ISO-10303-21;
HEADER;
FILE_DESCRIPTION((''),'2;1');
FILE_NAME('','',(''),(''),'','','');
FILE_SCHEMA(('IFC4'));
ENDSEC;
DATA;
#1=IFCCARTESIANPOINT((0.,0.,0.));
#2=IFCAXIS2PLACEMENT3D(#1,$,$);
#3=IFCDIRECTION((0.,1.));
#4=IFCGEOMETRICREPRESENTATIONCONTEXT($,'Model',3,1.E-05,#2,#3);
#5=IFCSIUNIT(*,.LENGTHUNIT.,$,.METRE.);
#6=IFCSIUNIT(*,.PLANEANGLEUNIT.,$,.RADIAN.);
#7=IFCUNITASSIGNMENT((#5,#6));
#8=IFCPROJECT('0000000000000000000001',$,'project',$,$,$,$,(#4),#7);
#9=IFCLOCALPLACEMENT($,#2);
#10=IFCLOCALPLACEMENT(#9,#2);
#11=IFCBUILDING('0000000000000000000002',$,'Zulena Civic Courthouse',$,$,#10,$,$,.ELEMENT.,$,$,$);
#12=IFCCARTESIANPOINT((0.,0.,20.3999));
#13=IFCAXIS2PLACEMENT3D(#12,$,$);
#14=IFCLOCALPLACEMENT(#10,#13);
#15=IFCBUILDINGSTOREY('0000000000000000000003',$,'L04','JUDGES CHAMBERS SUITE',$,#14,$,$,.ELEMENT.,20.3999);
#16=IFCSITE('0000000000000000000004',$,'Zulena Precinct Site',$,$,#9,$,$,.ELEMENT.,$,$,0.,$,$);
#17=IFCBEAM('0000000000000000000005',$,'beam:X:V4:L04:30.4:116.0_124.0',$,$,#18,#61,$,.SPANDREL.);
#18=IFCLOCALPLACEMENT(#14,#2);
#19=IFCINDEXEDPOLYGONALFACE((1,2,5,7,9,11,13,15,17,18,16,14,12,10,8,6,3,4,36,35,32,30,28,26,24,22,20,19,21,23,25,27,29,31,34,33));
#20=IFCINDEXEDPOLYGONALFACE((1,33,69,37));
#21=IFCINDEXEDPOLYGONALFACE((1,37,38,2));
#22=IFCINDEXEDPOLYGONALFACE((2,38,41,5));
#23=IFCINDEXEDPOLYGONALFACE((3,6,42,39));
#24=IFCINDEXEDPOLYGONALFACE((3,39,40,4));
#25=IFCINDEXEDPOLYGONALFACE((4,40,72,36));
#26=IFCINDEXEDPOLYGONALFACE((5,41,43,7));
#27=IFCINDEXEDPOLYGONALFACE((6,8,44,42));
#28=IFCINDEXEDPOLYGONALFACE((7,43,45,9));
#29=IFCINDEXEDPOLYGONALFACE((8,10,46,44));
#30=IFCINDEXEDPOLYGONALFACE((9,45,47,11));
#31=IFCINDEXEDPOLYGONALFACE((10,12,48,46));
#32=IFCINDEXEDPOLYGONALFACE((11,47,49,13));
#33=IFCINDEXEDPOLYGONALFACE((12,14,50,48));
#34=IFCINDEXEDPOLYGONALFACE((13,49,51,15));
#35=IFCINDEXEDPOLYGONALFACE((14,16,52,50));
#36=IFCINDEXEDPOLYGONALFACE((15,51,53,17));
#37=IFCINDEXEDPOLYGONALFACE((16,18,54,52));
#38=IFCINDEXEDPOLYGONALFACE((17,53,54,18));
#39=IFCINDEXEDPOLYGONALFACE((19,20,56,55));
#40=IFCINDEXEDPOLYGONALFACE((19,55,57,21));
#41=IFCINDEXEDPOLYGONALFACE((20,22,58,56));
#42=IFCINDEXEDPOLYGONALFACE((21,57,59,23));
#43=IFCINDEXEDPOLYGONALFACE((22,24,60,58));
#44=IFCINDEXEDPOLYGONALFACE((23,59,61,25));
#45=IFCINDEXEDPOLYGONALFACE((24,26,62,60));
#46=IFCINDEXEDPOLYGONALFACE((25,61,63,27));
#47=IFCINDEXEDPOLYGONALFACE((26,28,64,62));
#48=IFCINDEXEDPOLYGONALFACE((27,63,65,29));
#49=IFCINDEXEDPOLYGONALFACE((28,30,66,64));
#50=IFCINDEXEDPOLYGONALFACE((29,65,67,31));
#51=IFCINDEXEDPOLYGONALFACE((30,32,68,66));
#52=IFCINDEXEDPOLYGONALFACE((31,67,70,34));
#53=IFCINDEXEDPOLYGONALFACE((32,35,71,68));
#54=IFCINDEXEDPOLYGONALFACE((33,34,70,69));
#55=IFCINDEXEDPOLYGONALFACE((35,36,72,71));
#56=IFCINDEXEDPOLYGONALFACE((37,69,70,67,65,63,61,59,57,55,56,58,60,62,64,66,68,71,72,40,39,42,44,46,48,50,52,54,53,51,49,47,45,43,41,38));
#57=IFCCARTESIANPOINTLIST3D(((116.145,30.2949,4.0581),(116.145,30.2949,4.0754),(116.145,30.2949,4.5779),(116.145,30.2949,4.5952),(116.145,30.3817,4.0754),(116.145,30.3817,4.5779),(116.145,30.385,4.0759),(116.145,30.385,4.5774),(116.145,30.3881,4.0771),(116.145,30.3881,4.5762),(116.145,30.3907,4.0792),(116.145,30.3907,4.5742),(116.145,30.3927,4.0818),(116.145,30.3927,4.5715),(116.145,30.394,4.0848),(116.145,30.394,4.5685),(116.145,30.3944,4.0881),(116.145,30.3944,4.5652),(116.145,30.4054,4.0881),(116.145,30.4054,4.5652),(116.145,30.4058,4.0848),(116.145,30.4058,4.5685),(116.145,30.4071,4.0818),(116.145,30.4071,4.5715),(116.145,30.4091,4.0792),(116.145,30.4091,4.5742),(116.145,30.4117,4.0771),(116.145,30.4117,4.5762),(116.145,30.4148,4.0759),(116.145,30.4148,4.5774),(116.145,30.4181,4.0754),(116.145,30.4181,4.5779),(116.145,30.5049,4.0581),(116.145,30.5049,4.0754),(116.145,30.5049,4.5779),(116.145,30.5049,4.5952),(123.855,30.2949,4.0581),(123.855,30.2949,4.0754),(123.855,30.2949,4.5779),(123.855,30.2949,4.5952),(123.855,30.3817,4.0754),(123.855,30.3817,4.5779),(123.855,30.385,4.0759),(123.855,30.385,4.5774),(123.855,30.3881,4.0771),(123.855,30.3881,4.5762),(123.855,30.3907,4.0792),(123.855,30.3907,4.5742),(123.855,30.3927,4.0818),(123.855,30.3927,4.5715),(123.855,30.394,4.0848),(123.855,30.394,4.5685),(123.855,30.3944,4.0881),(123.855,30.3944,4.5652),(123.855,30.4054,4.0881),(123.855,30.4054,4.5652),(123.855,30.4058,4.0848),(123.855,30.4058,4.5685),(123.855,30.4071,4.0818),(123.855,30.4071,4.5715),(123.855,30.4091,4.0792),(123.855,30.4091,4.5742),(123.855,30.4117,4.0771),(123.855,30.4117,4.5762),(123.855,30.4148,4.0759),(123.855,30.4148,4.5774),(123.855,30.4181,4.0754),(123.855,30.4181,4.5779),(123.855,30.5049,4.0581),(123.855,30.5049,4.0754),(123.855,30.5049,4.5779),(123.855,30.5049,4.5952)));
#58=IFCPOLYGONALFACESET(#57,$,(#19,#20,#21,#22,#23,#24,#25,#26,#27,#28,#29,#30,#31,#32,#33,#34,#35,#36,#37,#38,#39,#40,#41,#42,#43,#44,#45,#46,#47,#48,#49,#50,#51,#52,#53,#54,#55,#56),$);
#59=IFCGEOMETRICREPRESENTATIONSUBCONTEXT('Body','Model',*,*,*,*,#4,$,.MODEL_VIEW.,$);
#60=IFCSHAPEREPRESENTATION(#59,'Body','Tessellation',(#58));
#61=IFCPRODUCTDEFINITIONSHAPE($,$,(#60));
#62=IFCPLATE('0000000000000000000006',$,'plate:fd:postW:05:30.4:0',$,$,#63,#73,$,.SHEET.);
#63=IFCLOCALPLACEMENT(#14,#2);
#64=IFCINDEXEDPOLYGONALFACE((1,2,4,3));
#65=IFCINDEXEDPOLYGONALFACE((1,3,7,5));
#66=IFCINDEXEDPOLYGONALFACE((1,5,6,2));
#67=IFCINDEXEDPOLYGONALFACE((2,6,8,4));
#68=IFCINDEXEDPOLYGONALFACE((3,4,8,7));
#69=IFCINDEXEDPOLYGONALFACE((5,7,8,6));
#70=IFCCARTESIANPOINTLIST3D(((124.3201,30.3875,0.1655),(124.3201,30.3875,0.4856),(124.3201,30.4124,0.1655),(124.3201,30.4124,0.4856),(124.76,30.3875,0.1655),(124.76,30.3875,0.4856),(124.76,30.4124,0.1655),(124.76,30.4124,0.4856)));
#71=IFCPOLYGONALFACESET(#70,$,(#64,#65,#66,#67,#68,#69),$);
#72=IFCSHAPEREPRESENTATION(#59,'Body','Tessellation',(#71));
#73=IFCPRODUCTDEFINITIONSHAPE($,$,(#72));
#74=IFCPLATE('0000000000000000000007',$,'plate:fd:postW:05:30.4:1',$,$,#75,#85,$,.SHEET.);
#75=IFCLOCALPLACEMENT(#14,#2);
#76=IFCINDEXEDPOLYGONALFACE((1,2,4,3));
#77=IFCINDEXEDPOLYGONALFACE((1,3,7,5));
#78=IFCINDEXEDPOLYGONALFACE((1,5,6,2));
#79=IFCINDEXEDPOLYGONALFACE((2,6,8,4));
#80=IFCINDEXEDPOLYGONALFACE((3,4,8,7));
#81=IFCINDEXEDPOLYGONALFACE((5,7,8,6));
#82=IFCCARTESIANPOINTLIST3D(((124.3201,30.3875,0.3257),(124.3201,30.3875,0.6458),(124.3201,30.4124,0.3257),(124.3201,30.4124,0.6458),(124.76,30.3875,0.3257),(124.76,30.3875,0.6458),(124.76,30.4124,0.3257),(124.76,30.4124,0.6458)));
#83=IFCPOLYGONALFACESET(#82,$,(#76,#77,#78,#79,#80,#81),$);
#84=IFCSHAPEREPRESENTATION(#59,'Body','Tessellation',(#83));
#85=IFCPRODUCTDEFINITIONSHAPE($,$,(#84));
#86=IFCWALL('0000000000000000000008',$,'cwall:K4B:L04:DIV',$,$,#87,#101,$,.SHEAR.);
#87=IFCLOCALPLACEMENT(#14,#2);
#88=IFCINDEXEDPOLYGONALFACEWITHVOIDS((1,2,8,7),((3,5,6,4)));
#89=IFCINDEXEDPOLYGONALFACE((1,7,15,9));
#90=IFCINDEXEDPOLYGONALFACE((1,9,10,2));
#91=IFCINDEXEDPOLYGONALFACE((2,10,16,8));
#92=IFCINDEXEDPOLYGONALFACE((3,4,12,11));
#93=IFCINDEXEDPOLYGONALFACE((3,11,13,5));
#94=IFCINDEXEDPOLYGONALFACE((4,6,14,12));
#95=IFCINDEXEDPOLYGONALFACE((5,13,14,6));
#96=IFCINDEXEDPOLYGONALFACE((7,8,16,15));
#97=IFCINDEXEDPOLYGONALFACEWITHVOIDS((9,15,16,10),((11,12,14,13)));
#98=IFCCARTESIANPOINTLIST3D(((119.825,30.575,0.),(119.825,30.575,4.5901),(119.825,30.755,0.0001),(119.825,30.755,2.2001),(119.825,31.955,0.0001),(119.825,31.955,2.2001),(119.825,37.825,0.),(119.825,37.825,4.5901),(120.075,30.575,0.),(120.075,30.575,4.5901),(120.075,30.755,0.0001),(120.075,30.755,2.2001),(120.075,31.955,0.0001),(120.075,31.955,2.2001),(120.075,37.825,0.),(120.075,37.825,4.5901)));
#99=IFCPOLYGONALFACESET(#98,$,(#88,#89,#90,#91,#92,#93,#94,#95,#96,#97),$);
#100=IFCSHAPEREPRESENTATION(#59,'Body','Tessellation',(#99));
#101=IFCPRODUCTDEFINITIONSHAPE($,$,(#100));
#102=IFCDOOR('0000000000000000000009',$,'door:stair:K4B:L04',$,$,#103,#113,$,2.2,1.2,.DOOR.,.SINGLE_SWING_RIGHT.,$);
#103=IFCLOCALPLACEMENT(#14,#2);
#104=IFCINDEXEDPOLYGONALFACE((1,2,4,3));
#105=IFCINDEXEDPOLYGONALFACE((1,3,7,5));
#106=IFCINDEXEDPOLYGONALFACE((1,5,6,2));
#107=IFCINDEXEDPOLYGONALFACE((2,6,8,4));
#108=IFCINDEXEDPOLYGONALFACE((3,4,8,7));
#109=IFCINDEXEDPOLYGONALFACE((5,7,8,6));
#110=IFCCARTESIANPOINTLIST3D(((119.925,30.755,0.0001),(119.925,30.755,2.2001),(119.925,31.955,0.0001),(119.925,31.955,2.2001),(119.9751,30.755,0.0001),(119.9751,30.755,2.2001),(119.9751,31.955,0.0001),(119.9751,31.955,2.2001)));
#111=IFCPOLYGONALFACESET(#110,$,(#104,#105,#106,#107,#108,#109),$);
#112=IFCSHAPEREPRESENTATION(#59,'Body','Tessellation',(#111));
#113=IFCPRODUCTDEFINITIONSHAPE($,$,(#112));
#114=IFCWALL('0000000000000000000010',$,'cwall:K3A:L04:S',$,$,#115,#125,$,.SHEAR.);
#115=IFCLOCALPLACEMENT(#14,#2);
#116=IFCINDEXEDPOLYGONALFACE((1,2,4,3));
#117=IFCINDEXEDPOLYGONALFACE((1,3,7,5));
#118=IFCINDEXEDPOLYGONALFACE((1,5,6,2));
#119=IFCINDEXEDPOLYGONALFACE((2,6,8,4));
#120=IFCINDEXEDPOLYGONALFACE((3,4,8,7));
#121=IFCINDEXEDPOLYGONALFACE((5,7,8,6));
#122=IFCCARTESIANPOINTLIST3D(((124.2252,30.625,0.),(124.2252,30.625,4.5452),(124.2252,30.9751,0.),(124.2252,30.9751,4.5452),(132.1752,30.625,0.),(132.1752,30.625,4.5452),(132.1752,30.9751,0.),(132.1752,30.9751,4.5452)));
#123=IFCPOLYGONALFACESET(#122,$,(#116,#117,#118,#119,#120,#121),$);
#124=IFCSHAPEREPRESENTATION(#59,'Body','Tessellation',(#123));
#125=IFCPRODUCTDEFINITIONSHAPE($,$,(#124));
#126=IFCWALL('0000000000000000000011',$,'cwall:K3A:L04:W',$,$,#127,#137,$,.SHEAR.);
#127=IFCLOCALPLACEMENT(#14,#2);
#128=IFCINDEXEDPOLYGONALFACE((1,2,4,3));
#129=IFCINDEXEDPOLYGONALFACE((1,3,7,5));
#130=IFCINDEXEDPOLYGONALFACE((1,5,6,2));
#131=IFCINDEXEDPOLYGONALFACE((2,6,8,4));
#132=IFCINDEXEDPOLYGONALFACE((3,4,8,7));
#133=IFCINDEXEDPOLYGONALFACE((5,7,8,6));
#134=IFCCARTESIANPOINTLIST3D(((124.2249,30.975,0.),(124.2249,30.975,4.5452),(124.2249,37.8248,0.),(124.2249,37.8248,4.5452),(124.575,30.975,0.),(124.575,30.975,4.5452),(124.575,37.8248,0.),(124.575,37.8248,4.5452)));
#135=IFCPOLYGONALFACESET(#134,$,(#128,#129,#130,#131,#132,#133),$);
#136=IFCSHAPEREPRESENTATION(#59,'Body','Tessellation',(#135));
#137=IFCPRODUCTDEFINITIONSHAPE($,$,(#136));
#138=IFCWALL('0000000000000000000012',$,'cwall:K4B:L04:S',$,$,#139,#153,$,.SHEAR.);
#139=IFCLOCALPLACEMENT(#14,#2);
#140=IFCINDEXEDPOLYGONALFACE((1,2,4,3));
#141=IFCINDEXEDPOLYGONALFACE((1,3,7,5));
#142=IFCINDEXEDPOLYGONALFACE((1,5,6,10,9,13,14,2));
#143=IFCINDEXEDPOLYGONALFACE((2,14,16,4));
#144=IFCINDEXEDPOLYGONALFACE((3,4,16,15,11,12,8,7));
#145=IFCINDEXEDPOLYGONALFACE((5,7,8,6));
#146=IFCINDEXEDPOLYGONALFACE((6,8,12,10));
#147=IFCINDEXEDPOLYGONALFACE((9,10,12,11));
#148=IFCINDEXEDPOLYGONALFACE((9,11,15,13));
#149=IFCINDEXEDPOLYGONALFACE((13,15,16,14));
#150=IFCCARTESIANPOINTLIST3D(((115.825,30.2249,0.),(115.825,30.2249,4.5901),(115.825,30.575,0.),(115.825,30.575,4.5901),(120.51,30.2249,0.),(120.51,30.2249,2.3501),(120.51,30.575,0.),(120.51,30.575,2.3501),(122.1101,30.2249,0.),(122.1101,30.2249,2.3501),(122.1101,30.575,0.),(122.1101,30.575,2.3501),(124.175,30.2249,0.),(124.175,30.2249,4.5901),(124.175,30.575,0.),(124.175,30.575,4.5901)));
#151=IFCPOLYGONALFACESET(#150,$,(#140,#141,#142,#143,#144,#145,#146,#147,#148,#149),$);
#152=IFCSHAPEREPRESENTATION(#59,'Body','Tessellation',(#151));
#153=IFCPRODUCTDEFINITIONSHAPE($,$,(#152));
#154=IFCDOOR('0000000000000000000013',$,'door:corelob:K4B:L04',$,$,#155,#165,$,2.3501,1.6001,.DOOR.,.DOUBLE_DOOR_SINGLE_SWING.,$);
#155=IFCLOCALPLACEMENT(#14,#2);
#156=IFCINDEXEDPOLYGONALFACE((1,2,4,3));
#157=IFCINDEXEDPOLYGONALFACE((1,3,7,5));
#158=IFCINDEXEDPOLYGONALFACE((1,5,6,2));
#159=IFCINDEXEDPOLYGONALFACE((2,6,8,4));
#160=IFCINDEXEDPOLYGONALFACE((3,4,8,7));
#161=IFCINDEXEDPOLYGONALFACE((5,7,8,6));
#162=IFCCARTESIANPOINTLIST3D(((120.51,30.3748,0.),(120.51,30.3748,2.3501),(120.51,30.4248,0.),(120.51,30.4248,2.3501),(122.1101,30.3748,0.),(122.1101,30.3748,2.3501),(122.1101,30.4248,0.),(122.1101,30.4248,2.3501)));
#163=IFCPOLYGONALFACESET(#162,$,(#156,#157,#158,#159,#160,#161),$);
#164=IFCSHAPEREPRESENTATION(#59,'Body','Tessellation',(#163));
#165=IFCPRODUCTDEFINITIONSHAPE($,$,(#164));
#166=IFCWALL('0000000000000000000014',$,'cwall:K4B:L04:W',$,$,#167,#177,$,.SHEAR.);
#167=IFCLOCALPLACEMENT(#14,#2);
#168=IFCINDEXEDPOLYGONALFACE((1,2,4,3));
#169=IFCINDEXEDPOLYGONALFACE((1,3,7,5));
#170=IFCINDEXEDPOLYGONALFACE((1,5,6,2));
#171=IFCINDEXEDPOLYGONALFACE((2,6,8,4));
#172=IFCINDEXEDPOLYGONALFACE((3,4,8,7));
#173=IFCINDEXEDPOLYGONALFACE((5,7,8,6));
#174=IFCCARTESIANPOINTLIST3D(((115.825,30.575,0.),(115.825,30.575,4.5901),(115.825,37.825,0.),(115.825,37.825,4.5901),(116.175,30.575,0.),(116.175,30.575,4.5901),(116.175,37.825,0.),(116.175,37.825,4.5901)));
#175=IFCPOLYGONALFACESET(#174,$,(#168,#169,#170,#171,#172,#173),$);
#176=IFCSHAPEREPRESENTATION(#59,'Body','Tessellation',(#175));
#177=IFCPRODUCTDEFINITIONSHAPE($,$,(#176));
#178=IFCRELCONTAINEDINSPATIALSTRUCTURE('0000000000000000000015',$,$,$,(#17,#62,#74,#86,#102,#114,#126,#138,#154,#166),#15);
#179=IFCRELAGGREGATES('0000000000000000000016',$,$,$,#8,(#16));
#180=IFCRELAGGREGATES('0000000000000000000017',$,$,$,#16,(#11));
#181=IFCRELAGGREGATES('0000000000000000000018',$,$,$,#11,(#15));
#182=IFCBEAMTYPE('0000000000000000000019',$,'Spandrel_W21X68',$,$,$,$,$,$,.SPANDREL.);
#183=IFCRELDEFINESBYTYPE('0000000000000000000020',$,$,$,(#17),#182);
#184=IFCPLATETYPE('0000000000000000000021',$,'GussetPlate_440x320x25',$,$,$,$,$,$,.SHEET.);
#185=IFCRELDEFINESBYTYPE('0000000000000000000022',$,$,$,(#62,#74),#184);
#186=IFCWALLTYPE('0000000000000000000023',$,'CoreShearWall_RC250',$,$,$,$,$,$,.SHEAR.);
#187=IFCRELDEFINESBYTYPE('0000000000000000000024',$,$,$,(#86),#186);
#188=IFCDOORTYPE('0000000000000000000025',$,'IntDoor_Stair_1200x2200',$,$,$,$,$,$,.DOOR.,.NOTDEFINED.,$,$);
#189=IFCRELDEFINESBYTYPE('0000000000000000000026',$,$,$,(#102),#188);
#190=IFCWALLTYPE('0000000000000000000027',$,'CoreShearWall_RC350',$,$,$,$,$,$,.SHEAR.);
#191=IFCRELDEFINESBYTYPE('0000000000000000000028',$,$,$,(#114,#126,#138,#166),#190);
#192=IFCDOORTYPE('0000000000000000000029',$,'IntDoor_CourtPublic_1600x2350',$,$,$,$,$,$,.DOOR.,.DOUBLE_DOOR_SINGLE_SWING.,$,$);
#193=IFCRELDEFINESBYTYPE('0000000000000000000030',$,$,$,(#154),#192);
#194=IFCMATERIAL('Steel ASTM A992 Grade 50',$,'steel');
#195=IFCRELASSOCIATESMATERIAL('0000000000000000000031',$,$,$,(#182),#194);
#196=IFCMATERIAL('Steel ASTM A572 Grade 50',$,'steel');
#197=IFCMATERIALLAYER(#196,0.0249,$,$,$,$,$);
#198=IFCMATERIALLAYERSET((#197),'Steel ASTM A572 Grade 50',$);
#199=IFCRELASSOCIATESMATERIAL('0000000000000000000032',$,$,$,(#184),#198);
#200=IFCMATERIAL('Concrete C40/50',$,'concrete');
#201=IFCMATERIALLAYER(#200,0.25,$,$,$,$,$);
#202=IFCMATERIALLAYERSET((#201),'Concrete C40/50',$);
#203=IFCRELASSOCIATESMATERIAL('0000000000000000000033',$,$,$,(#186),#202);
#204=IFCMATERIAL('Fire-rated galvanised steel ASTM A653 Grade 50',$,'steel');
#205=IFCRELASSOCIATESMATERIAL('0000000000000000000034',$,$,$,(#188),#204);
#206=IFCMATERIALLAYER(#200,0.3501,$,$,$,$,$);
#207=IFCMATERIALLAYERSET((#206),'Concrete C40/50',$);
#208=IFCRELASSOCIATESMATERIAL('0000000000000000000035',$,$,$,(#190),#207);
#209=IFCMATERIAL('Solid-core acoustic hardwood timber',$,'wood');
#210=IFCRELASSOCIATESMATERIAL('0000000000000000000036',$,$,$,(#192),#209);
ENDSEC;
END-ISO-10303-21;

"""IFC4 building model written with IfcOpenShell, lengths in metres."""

from ifc_helpers import new_model, si_unit, direction, frame, frame_2d, origin, origin_2d, place, context, subcontext, project, spatial, rectangle, i_section, extrude, material, layer, layer_set, material_profile, profile_set, type_object, element, fill, save


model = new_model("IFC4")

# Units and contexts
model_context = context("Model", 3, precision=1e-05, world=origin(), true_north=direction((0.0, 1.0)))
body_context = subcontext(model_context, "Body", "Model", "MODEL_VIEW")
ifc_project = project(units=[si_unit("LENGTHUNIT", "METRE"), si_unit("PLANEANGLEUNIT", "RADIAN")], contexts=[model_context])

# Site, building, storey
site_placement = place(None, origin())
site = spatial("IfcSite", under=ifc_project, at=site_placement, Name="Zulena Precinct Site", CompositionType="ELEMENT", RefElevation=0.0)
building_placement = place(site_placement, origin())
building = spatial("IfcBuilding", under=site, at=building_placement, Name="Zulena Civic Courthouse", CompositionType="ELEMENT")
storey_placement = place(building_placement, frame((0.0, 0.0, 20.3999)))
storey = spatial("IfcBuildingStorey", under=building, at=storey_placement, Name="L04", Description="JUDGES CHAMBERS SUITE", CompositionType="ELEMENT", Elevation=20.3999)

# Shared definitions
ifc_material_1 = material(Name="Steel ASTM A992 Grade 50", Category="steel")

# Beam
ifc_material_profile_1 = material_profile(ifc_material_1, i_section(OverallWidth=0.21, OverallDepth=0.5371, WebThickness=0.011, FlangeThickness=0.0173, FilletRadius=0.0127, at=origin_2d()), Name="W21X68")
ifc_profile_set_1 = profile_set([ifc_material_profile_1], Name="Steel ASTM A992 Grade 50")
beam_type_1 = type_object("IfcBeamType", Name="Spandrel_W21X68", PredefinedType="SPANDREL", material=ifc_profile_set_1)
beam_1_placement = place(storey_placement, frame((116.145, 30.3999, 4.3267), z_axis=(1.0, 0.0, 0.0), x_axis=(0.0, 1.0, 0.0)))
element("IfcBeam", 1, at=beam_1_placement, inside=storey, type_object=beam_type_1, Name="beam:X:V4:L04:30.4:116.0_124.0", PredefinedType="SPANDREL", context=body_context, shape_type="SweptSolid", body=[
    extrude(i_section(OverallWidth=0.21, OverallDepth=0.5371, WebThickness=0.011, FlangeThickness=0.0173, FilletRadius=0.0127, at=origin_2d()), origin(), (0.0, 0.0, 1.0), 7.71),
])

# Plates
ifc_material_2 = material(Name="Steel ASTM A572 Grade 50", Category="steel")
ifc_layer_1 = layer(ifc_material_2, 0.0249)
ifc_layer_set_1 = layer_set([ifc_layer_1], Name="Steel ASTM A572 Grade 50")
plate_type = type_object("IfcPlateType", Name="GussetPlate_440x320x25", PredefinedType="SHEET", material=ifc_layer_set_1)
for number, where, z_axis, x_axis, name in (
    (2, (124.54, 30.3999, 0.1655), (0.0, 0.0, 1.0), (1.0, 0.0, 0.0), "plate:fd:postW:05:30.4:0"),
    (3, (124.54, 30.3999, 0.3257), (0.0, 0.0, 1.0), (1.0, 0.0, 0.0), "plate:fd:postW:05:30.4:1"),
):
    element("IfcPlate", number, at=place(storey_placement, frame(where, z_axis=z_axis, x_axis=x_axis)), inside=storey, type_object=plate_type, Name=name, PredefinedType="SHEET", context=body_context, shape_type="SweptSolid", body=[
        extrude(rectangle(XDim=0.4399, YDim=0.0249, at=origin_2d()), origin(), (0.0, 0.0, 1.0), 0.3201),
    ])

# Wall, opening, door
ifc_material_3 = material(Name="Concrete C40/50", Category="concrete")
ifc_layer_2 = layer(ifc_material_3, 0.25)
ifc_layer_set_2 = layer_set([ifc_layer_2], Name="Concrete C40/50")
wall_type_1 = type_object("IfcWallType", Name="CoreShearWall_RC250", PredefinedType="SHEAR", material=ifc_layer_set_2)
wall_1_placement = place(storey_placement, frame((119.95, 30.575, 0.0), z_axis=(0.0, 0.0, 1.0), x_axis=(0.0, 1.0, 0.0)))
wall_1 = element("IfcWall", 4, at=wall_1_placement, inside=storey, type_object=wall_type_1, Name="cwall:K4B:L04:DIV", PredefinedType="SHEAR", context=body_context, shape_type="SweptSolid", body=[
    extrude(rectangle(XDim=7.25, YDim=0.25, at=frame_2d((3.625, 0.0))), origin(), (0.0, 0.0, 1.0), 4.5901),
])
opening_1_placement = place(wall_1_placement, frame((0.1799, 0.0, 0.0)))
opening_1 = element("IfcOpeningElement", 5, at=opening_1_placement, cuts=wall_1, PredefinedType="OPENING", context=body_context, shape_type="SweptSolid", body=[
    extrude(rectangle(XDim=1.2, YDim=2.2, at=frame_2d((0.6001, 1.1001))), frame((0.0, 0.135, 0.0), z_axis=(0.0, -1.0, 0.0), x_axis=(1.0, 0.0, 0.0)), (0.0, 0.0, 1.0), 0.27),
])
ifc_material_4 = material(Name="Fire-rated galvanised steel ASTM A653 Grade 50", Category="steel")
door_type_1 = type_object("IfcDoorType", Name="IntDoor_Stair_1200x2200", OperationType="NOTDEFINED", PredefinedType="DOOR", material=ifc_material_4)
door_1_placement = place(opening_1_placement, origin())
door_1 = element("IfcDoor", 6, at=door_1_placement, inside=storey, type_object=door_type_1, Name="door:stair:K4B:L04", OperationType="SINGLE_SWING_RIGHT", OverallHeight=2.2, OverallWidth=1.2, PredefinedType="DOOR", context=body_context, shape_type="SweptSolid", body=[
    extrude(rectangle(XDim=1.2, YDim=2.2, at=frame_2d((0.6001, 1.1001))), frame((0.0, 0.0249, 0.0), z_axis=(0.0, -1.0, 0.0), x_axis=(1.0, 0.0, 0.0)), (0.0, 0.0, 1.0), 0.05),
])
fill(opening_1, door_1)

# Walls
ifc_layer_3 = layer(ifc_material_3, 0.3501)
ifc_layer_set_3 = layer_set([ifc_layer_3], Name="Concrete C40/50")
wall_type_2 = type_object("IfcWallType", Name="CoreShearWall_RC350", PredefinedType="SHEAR", material=ifc_layer_set_3)
wall_2_placement = place(storey_placement, frame((124.2251, 30.8, 0.0), z_axis=(0.0, 0.0, 1.0), x_axis=(1.0, 0.0, 0.0)))
element("IfcWall", 7, at=wall_2_placement, inside=storey, type_object=wall_type_2, Name="cwall:K3A:L04:S", PredefinedType="SHEAR", context=body_context, shape_type="SweptSolid", body=[
    extrude(rectangle(XDim=7.95, YDim=0.3501, at=frame_2d((3.9751, 0.0))), origin(), (0.0, 0.0, 1.0), 4.5452),
])
wall_3_placement = place(storey_placement, frame((124.3999, 30.9751, 0.0), z_axis=(0.0, 0.0, 1.0), x_axis=(0.0, 1.0, 0.0)))
element("IfcWall", 8, at=wall_3_placement, inside=storey, type_object=wall_type_2, Name="cwall:K3A:L04:W", PredefinedType="SHEAR", context=body_context, shape_type="SweptSolid", body=[
    extrude(rectangle(XDim=6.8499, YDim=0.3501, at=frame_2d((3.4248, 0.0))), origin(), (0.0, 0.0, 1.0), 4.5452),
])

# Wall, opening, door
wall_4_placement = place(storey_placement, frame((115.825, 30.3999, 0.0), z_axis=(0.0, 0.0, 1.0), x_axis=(1.0, 0.0, 0.0)))
wall_4 = element("IfcWall", 9, at=wall_4_placement, inside=storey, type_object=wall_type_2, Name="cwall:K4B:L04:S", PredefinedType="SHEAR", context=body_context, shape_type="SweptSolid", body=[
    extrude(rectangle(XDim=8.3501, YDim=0.3501, at=frame_2d((4.175, 0.0))), origin(), (0.0, 0.0, 1.0), 4.5901),
])
opening_2_placement = place(wall_4_placement, frame((4.6851, 0.0, 0.0)))
opening_2 = element("IfcOpeningElement", 10, at=opening_2_placement, cuts=wall_4, PredefinedType="OPENING", context=body_context, shape_type="SweptSolid", body=[
    extrude(rectangle(XDim=1.6001, YDim=2.3501, at=frame_2d((0.8, 1.175))), frame((0.0, 0.1851, 0.0), z_axis=(0.0, -1.0, 0.0), x_axis=(1.0, 0.0, 0.0)), (0.0, 0.0, 1.0), 0.3701),
])
ifc_material_5 = material(Name="Solid-core acoustic hardwood timber", Category="wood")
door_type_2 = type_object("IfcDoorType", Name="IntDoor_CourtPublic_1600x2350", OperationType="DOUBLE_DOOR_SINGLE_SWING", PredefinedType="DOOR", material=ifc_material_5)
door_2_placement = place(opening_2_placement, origin())
door_2 = element("IfcDoor", 11, at=door_2_placement, inside=storey, type_object=door_type_2, Name="door:corelob:K4B:L04", OperationType="DOUBLE_DOOR_SINGLE_SWING", OverallHeight=2.3501, OverallWidth=1.6001, PredefinedType="DOOR", context=body_context, shape_type="SweptSolid", body=[
    extrude(rectangle(XDim=1.6001, YDim=2.3501, at=frame_2d((0.8, 1.175))), frame((0.0, 0.0249, 0.0), z_axis=(0.0, -1.0, 0.0), x_axis=(1.0, 0.0, 0.0)), (0.0, 0.0, 1.0), 0.05),
])
fill(opening_2, door_2)

# Wall
for number, where, z_axis, x_axis, name in (
    (12, (116.0, 30.575, 0.0), (0.0, 0.0, 1.0), (0.0, 1.0, 0.0), "cwall:K4B:L04:W"),
):
    element("IfcWall", number, at=place(storey_placement, frame(where, z_axis=z_axis, x_axis=x_axis)), inside=storey, type_object=wall_type_2, Name=name, PredefinedType="SHEAR", context=body_context, shape_type="SweptSolid", body=[
        extrude(rectangle(XDim=7.25, YDim=0.3501, at=frame_2d((3.625, 0.0))), origin(), (0.0, 0.0, 1.0), 4.5901),
    ])

save(model, "model.ifc")
